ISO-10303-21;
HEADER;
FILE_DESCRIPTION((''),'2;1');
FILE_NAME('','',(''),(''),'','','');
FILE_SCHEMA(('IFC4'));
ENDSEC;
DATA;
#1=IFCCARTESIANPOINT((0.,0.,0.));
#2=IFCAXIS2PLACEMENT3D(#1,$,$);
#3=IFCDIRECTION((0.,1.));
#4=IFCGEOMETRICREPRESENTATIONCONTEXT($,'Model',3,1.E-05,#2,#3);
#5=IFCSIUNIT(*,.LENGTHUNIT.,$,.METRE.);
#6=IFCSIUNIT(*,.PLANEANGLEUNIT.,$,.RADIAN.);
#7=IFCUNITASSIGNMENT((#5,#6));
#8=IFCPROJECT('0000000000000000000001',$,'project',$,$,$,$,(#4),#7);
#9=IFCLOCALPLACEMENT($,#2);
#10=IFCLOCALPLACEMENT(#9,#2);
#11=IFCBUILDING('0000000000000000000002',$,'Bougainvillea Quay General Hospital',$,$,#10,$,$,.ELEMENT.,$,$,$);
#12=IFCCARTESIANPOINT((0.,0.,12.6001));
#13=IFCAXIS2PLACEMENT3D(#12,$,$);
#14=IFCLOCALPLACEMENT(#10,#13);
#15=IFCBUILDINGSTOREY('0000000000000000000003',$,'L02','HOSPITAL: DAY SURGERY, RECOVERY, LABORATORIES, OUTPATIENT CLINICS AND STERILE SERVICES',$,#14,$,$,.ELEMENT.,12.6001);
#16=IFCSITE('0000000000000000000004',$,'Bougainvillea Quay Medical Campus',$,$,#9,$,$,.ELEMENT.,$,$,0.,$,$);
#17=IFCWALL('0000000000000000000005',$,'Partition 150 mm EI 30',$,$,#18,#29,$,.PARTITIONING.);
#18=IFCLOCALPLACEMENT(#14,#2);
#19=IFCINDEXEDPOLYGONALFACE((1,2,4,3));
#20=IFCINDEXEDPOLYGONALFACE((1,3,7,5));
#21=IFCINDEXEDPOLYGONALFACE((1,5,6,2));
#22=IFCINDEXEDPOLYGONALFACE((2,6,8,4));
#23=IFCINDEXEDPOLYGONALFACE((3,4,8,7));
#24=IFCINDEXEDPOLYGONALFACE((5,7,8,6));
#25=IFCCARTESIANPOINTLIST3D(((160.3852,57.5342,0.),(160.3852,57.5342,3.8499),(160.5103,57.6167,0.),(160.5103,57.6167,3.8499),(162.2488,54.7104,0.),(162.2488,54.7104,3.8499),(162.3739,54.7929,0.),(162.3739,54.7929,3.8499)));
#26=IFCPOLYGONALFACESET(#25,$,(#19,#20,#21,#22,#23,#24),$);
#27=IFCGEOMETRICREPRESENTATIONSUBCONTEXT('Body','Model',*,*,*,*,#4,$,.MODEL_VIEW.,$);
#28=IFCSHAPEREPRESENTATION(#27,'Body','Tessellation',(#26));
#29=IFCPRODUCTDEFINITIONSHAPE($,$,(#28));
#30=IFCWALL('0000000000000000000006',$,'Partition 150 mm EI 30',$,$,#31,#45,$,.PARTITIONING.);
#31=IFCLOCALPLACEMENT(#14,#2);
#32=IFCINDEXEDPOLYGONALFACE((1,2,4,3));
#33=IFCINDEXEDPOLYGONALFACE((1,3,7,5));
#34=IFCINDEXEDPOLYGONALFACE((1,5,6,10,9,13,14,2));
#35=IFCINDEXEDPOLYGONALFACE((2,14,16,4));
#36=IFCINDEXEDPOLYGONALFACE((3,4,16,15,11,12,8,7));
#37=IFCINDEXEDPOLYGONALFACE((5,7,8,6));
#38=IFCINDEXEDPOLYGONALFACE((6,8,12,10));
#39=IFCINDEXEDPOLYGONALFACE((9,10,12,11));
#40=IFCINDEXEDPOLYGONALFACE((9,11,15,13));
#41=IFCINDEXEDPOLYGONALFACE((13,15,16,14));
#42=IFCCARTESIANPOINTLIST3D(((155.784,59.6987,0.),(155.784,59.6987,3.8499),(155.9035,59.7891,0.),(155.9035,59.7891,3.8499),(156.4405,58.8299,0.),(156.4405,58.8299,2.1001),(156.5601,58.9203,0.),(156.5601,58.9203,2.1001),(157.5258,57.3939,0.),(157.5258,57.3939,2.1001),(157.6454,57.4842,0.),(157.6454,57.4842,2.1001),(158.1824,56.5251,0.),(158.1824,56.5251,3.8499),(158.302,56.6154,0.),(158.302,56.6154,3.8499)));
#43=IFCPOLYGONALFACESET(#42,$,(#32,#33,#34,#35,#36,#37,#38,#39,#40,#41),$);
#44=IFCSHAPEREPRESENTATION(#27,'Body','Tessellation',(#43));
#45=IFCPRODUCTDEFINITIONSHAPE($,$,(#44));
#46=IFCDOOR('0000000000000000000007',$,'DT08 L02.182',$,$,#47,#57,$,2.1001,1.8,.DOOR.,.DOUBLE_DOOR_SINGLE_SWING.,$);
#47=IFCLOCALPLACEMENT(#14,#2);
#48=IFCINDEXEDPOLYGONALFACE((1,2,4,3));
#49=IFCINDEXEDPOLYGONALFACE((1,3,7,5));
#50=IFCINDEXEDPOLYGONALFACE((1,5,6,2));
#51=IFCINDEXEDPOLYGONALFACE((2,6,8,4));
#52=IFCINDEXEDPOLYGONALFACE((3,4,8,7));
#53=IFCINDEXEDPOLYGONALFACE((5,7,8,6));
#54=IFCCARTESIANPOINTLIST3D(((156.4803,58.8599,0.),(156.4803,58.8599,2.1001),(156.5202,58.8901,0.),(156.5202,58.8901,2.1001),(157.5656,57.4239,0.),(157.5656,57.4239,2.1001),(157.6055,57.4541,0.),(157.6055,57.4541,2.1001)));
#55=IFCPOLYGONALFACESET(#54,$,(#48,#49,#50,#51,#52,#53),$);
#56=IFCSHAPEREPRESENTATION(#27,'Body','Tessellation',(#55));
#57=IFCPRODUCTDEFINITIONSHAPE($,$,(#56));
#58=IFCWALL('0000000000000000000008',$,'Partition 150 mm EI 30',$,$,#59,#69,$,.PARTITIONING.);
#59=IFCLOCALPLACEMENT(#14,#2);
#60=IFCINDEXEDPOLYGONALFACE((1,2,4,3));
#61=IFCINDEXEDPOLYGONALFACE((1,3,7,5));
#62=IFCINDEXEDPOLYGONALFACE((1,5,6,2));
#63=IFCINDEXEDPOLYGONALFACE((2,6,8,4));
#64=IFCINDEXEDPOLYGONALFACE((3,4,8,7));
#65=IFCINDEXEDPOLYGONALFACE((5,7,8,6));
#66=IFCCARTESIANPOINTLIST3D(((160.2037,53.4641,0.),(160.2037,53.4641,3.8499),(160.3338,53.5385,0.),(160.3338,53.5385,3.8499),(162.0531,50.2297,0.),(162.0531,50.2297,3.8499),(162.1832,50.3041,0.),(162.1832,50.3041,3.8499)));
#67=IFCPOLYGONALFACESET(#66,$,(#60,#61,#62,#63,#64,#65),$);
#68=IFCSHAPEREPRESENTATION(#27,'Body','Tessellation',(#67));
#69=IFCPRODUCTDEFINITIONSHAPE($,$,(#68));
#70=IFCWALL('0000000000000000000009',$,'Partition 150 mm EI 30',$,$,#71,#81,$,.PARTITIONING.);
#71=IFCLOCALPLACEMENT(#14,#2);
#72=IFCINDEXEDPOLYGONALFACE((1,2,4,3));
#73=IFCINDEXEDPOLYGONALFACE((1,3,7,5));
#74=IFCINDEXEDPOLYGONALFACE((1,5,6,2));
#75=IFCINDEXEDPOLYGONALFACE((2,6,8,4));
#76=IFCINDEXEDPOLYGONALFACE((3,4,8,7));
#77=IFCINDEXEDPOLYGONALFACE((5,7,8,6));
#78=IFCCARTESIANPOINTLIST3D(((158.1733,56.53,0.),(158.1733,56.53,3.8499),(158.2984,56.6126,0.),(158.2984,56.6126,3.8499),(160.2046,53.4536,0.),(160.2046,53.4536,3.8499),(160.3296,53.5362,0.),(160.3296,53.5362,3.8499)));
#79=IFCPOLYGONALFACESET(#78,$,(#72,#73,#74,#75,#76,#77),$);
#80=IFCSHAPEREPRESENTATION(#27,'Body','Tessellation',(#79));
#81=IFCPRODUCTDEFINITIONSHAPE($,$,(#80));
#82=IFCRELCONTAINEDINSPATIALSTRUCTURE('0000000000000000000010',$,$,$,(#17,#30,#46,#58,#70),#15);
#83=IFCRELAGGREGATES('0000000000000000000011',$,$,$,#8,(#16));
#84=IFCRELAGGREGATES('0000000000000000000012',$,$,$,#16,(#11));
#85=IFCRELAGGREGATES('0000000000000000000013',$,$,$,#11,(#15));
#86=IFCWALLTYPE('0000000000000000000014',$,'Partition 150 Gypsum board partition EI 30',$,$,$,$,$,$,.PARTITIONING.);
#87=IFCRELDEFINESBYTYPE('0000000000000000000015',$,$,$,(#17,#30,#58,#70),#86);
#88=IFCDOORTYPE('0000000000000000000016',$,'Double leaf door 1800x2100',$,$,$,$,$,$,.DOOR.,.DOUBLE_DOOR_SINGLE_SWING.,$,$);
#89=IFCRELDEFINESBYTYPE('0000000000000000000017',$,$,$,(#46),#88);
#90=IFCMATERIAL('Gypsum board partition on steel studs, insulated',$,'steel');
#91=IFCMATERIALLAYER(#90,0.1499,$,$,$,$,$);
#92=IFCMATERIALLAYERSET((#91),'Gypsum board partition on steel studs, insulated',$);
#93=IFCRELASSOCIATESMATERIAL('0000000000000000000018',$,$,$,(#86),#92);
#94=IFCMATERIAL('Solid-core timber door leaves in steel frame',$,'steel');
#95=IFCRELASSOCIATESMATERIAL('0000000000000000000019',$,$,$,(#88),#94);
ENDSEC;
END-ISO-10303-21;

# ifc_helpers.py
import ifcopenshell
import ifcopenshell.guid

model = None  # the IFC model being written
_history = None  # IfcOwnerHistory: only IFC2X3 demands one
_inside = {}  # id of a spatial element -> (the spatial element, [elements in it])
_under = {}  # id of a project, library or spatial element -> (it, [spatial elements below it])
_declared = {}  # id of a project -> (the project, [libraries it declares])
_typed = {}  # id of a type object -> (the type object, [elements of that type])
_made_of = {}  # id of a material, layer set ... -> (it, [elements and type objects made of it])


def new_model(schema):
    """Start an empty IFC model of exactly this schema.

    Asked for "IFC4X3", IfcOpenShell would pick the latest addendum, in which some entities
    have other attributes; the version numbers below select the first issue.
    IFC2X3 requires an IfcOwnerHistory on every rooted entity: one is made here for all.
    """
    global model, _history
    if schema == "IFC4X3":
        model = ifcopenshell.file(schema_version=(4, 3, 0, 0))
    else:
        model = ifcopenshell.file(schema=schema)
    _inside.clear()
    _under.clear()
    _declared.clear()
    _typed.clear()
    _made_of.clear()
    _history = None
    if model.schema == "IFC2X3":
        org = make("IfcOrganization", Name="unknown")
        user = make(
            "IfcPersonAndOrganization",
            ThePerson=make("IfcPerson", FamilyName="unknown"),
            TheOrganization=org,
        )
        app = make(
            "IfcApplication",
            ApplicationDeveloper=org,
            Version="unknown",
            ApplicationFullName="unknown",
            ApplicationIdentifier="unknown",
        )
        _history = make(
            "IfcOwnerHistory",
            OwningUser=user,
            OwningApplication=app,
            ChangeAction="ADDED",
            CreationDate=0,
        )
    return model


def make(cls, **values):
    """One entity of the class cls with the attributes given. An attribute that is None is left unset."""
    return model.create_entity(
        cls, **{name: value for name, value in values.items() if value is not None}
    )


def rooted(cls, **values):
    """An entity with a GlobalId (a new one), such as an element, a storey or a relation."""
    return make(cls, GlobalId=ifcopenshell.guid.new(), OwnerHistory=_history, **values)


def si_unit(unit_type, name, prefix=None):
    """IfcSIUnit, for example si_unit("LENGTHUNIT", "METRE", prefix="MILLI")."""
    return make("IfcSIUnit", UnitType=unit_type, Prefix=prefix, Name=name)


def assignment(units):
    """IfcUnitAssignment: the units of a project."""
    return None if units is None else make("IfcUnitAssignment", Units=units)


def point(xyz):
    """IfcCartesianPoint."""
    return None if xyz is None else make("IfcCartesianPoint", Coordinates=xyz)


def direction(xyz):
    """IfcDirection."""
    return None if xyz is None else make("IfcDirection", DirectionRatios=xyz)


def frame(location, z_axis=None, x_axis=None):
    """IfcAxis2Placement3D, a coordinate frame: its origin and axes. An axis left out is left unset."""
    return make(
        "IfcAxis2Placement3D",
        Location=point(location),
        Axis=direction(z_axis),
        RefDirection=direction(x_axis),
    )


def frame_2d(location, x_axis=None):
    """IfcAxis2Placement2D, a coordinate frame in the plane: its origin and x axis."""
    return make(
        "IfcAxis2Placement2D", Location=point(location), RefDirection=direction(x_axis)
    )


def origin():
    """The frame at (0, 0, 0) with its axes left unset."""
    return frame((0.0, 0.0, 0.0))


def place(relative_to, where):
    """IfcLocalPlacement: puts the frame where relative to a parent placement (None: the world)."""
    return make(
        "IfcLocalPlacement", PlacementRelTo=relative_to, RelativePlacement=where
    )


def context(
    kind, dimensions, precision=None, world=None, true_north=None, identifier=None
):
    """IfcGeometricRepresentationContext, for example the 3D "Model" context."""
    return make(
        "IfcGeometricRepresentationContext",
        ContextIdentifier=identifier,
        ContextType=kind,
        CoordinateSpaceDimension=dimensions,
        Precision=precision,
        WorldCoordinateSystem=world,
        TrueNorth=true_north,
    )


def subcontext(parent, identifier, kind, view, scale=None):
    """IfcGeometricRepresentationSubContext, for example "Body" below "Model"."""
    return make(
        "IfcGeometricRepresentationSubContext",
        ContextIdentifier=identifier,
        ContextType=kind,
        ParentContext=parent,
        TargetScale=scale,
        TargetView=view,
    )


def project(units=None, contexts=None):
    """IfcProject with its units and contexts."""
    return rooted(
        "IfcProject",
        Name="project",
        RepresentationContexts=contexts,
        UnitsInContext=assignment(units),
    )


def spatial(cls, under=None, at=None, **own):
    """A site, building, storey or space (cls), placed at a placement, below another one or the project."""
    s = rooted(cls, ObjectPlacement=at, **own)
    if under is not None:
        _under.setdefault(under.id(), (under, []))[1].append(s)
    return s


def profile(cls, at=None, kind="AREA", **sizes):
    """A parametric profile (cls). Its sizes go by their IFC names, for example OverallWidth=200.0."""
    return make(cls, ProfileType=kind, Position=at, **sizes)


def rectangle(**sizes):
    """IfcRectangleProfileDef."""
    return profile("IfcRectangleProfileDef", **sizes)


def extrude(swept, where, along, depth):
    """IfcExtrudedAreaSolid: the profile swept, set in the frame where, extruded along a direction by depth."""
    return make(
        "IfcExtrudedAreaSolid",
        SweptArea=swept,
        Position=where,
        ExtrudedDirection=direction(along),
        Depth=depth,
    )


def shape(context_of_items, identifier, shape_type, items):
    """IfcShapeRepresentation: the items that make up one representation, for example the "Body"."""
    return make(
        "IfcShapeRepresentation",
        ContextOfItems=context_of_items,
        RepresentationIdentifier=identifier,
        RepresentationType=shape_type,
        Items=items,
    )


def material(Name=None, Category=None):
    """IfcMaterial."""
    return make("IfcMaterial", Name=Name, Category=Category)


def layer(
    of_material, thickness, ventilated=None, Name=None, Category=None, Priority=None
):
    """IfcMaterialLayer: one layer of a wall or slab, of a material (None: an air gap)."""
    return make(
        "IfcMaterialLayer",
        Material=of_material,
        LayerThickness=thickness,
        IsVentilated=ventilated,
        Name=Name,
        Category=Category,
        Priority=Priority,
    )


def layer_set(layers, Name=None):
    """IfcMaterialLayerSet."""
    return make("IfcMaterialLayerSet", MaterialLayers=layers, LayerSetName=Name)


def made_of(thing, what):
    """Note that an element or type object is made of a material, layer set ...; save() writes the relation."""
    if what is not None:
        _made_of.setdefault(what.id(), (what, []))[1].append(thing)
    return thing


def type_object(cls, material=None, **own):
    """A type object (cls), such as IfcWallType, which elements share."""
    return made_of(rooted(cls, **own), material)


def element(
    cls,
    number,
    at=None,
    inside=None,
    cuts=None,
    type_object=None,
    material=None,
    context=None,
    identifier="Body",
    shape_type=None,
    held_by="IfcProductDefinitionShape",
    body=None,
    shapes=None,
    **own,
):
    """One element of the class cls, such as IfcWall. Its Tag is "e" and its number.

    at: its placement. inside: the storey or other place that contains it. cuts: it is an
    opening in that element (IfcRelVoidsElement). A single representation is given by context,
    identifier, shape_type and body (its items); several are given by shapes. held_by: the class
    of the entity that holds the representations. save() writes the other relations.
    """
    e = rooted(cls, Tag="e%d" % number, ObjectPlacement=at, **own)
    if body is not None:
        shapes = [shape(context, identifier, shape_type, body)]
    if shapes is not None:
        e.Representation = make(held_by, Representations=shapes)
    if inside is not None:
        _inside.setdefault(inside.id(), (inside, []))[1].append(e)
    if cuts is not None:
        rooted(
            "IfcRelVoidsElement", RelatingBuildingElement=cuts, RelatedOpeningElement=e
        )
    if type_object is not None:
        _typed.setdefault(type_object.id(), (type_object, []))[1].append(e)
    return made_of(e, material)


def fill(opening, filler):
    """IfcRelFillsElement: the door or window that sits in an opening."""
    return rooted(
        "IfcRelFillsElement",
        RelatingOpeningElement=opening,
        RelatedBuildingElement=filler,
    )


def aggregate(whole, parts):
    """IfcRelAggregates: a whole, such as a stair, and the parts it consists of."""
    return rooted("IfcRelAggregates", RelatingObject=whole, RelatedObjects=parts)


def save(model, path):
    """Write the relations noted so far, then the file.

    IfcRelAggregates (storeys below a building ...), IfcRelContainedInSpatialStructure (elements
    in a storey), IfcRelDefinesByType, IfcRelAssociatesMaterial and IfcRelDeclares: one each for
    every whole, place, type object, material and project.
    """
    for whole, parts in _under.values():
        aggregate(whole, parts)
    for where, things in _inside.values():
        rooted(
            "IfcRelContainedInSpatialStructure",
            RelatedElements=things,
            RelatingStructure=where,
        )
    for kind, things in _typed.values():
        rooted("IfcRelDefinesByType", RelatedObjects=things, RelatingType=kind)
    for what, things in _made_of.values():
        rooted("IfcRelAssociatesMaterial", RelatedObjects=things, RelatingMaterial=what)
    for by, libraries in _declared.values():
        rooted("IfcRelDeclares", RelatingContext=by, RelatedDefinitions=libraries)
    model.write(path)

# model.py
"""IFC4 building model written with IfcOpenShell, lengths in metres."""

from ifc_helpers import new_model, si_unit, direction, frame, frame_2d, origin, place, context, subcontext, project, spatial, rectangle, extrude, material, layer, layer_set, type_object, element, fill, save


model = new_model("IFC4")

# Units and contexts
model_context = context("Model", 3, precision=1e-05, world=origin(), true_north=direction((0.0, 1.0)))
body_context = subcontext(model_context, "Body", "Model", "MODEL_VIEW")
ifc_project = project(units=[si_unit("LENGTHUNIT", "METRE"), si_unit("PLANEANGLEUNIT", "RADIAN")], contexts=[model_context])

# Site, building, storey
site_placement = place(None, origin())
site = spatial("IfcSite", under=ifc_project, at=site_placement, Name="Bougainvillea Quay Medical Campus", CompositionType="ELEMENT", RefElevation=0.0)
building_placement = place(site_placement, origin())
building = spatial("IfcBuilding", under=site, at=building_placement, Name="Bougainvillea Quay General Hospital", CompositionType="ELEMENT")
storey_placement = place(building_placement, frame((0.0, 0.0, 12.6001)))
storey = spatial("IfcBuildingStorey", under=building, at=storey_placement, Name="L02", Description="HOSPITAL: DAY SURGERY, RECOVERY, LABORATORIES, OUTPATIENT CLINICS AND STERILE SERVICES", CompositionType="ELEMENT", Elevation=12.6001)

# Shared definitions
ifc_material_1 = material(Name="Gypsum board partition on steel studs, insulated", Category="steel")
ifc_layer_1 = layer(ifc_material_1, 0.1499)
ifc_layer_set_1 = layer_set([ifc_layer_1], Name="Gypsum board partition on steel studs, insulated")
wall_type_1 = type_object("IfcWallType", Name="Partition 150 Gypsum board partition EI 30", PredefinedType="PARTITIONING", material=ifc_layer_set_1)

# Wall
wall_1_placement = place(storey_placement, frame((160.4478, 57.5754, 0.0), z_axis=(0.0, 0.0, 1.0), x_axis=(0.550814, -0.834628, 0.0)))
element("IfcWall", 1, at=wall_1_placement, inside=storey, type_object=wall_type_1, Name="Partition 150 mm EI 30", PredefinedType="PARTITIONING", context=body_context, shape_type="SweptSolid", body=[
    extrude(rectangle(XDim=3.3833, YDim=0.1499, at=frame_2d((1.6917, 0.0))), origin(), (0.0, 0.0, 1.0), 3.8499),
])

# Wall, opening, door
wall_2_placement = place(storey_placement, frame((155.8438, 59.7439, 0.0), z_axis=(0.0, 0.0, 1.0), x_axis=(0.602932, -0.797793, 0.0)))
wall_2 = element("IfcWall", 2, at=wall_2_placement, inside=storey, type_object=wall_type_1, Name="Partition 150 mm EI 30", PredefinedType="PARTITIONING", context=body_context, shape_type="SweptSolid", body=[
    extrude(rectangle(XDim=3.978, YDim=0.1499, at=frame_2d((1.989, 0.0))), origin(), (0.0, 0.0, 1.0), 3.8499),
])
opening_1_placement = place(wall_2_placement, frame((1.0891, 0.0, 0.0)))
opening_1 = element("IfcOpeningElement", 3, at=opening_1_placement, cuts=wall_2, PredefinedType="OPENING", context=body_context, shape_type="SweptSolid", body=[
    extrude(rectangle(XDim=1.8, YDim=2.1001, at=frame_2d((0.8999, 1.05))), frame((0.0, 0.085, 0.0), z_axis=(0.0, -1.0, 0.0), x_axis=(1.0, 0.0, 0.0)), (0.0, 0.0, 1.0), 0.1699),
])
ifc_material_2 = material(Name="Solid-core timber door leaves in steel frame", Category="steel")
door_type_1 = type_object("IfcDoorType", Name="Double leaf door 1800x2100", OperationType="DOUBLE_DOOR_SINGLE_SWING", PredefinedType="DOOR", material=ifc_material_2)
door_1_placement = place(opening_1_placement, origin())
door_1 = element("IfcDoor", 4, at=door_1_placement, inside=storey, type_object=door_type_1, Name="DT08 L02.182", OperationType="DOUBLE_DOOR_SINGLE_SWING", OverallHeight=2.1001, OverallWidth=1.8, PredefinedType="DOOR", context=body_context, shape_type="SweptSolid", body=[
    extrude(rectangle(XDim=1.8, YDim=2.1001, at=frame_2d((0.8999, 1.05))), frame((0.0, 0.0249, 0.0), z_axis=(0.0, -1.0, 0.0), x_axis=(1.0, 0.0, 0.0)), (0.0, 0.0, 1.0), 0.05),
])
fill(opening_1, door_1)

# Walls
wall_3_placement = place(storey_placement, frame((160.2688, 53.5012, 0.0), z_axis=(0.0, 0.0, 1.0), x_axis=(0.496372, -0.86811, 0.0)))
element("IfcWall", 5, at=wall_3_placement, inside=storey, type_object=wall_type_1, Name="Partition 150 mm EI 30", PredefinedType="PARTITIONING", context=body_context, shape_type="SweptSolid", body=[
    extrude(rectangle(XDim=3.7258, YDim=0.1499, at=frame_2d((1.8628, 0.0))), origin(), (0.0, 0.0, 1.0), 3.8499),
])
wall_4_placement = place(storey_placement, frame((158.2358, 56.5713, 0.0), z_axis=(0.0, 0.0, 1.0), x_axis=(0.550996, -0.834508, 0.0)))
element("IfcWall", 6, at=wall_4_placement, inside=storey, type_object=wall_type_1, Name="Partition 150 mm EI 30", PredefinedType="PARTITIONING", context=body_context, shape_type="SweptSolid", body=[
    extrude(rectangle(XDim=3.6865, YDim=0.1499, at=frame_2d((1.8433, 0.0))), origin(), (0.0, 0.0, 1.0), 3.8499),
])

save(model, "model.ifc")
